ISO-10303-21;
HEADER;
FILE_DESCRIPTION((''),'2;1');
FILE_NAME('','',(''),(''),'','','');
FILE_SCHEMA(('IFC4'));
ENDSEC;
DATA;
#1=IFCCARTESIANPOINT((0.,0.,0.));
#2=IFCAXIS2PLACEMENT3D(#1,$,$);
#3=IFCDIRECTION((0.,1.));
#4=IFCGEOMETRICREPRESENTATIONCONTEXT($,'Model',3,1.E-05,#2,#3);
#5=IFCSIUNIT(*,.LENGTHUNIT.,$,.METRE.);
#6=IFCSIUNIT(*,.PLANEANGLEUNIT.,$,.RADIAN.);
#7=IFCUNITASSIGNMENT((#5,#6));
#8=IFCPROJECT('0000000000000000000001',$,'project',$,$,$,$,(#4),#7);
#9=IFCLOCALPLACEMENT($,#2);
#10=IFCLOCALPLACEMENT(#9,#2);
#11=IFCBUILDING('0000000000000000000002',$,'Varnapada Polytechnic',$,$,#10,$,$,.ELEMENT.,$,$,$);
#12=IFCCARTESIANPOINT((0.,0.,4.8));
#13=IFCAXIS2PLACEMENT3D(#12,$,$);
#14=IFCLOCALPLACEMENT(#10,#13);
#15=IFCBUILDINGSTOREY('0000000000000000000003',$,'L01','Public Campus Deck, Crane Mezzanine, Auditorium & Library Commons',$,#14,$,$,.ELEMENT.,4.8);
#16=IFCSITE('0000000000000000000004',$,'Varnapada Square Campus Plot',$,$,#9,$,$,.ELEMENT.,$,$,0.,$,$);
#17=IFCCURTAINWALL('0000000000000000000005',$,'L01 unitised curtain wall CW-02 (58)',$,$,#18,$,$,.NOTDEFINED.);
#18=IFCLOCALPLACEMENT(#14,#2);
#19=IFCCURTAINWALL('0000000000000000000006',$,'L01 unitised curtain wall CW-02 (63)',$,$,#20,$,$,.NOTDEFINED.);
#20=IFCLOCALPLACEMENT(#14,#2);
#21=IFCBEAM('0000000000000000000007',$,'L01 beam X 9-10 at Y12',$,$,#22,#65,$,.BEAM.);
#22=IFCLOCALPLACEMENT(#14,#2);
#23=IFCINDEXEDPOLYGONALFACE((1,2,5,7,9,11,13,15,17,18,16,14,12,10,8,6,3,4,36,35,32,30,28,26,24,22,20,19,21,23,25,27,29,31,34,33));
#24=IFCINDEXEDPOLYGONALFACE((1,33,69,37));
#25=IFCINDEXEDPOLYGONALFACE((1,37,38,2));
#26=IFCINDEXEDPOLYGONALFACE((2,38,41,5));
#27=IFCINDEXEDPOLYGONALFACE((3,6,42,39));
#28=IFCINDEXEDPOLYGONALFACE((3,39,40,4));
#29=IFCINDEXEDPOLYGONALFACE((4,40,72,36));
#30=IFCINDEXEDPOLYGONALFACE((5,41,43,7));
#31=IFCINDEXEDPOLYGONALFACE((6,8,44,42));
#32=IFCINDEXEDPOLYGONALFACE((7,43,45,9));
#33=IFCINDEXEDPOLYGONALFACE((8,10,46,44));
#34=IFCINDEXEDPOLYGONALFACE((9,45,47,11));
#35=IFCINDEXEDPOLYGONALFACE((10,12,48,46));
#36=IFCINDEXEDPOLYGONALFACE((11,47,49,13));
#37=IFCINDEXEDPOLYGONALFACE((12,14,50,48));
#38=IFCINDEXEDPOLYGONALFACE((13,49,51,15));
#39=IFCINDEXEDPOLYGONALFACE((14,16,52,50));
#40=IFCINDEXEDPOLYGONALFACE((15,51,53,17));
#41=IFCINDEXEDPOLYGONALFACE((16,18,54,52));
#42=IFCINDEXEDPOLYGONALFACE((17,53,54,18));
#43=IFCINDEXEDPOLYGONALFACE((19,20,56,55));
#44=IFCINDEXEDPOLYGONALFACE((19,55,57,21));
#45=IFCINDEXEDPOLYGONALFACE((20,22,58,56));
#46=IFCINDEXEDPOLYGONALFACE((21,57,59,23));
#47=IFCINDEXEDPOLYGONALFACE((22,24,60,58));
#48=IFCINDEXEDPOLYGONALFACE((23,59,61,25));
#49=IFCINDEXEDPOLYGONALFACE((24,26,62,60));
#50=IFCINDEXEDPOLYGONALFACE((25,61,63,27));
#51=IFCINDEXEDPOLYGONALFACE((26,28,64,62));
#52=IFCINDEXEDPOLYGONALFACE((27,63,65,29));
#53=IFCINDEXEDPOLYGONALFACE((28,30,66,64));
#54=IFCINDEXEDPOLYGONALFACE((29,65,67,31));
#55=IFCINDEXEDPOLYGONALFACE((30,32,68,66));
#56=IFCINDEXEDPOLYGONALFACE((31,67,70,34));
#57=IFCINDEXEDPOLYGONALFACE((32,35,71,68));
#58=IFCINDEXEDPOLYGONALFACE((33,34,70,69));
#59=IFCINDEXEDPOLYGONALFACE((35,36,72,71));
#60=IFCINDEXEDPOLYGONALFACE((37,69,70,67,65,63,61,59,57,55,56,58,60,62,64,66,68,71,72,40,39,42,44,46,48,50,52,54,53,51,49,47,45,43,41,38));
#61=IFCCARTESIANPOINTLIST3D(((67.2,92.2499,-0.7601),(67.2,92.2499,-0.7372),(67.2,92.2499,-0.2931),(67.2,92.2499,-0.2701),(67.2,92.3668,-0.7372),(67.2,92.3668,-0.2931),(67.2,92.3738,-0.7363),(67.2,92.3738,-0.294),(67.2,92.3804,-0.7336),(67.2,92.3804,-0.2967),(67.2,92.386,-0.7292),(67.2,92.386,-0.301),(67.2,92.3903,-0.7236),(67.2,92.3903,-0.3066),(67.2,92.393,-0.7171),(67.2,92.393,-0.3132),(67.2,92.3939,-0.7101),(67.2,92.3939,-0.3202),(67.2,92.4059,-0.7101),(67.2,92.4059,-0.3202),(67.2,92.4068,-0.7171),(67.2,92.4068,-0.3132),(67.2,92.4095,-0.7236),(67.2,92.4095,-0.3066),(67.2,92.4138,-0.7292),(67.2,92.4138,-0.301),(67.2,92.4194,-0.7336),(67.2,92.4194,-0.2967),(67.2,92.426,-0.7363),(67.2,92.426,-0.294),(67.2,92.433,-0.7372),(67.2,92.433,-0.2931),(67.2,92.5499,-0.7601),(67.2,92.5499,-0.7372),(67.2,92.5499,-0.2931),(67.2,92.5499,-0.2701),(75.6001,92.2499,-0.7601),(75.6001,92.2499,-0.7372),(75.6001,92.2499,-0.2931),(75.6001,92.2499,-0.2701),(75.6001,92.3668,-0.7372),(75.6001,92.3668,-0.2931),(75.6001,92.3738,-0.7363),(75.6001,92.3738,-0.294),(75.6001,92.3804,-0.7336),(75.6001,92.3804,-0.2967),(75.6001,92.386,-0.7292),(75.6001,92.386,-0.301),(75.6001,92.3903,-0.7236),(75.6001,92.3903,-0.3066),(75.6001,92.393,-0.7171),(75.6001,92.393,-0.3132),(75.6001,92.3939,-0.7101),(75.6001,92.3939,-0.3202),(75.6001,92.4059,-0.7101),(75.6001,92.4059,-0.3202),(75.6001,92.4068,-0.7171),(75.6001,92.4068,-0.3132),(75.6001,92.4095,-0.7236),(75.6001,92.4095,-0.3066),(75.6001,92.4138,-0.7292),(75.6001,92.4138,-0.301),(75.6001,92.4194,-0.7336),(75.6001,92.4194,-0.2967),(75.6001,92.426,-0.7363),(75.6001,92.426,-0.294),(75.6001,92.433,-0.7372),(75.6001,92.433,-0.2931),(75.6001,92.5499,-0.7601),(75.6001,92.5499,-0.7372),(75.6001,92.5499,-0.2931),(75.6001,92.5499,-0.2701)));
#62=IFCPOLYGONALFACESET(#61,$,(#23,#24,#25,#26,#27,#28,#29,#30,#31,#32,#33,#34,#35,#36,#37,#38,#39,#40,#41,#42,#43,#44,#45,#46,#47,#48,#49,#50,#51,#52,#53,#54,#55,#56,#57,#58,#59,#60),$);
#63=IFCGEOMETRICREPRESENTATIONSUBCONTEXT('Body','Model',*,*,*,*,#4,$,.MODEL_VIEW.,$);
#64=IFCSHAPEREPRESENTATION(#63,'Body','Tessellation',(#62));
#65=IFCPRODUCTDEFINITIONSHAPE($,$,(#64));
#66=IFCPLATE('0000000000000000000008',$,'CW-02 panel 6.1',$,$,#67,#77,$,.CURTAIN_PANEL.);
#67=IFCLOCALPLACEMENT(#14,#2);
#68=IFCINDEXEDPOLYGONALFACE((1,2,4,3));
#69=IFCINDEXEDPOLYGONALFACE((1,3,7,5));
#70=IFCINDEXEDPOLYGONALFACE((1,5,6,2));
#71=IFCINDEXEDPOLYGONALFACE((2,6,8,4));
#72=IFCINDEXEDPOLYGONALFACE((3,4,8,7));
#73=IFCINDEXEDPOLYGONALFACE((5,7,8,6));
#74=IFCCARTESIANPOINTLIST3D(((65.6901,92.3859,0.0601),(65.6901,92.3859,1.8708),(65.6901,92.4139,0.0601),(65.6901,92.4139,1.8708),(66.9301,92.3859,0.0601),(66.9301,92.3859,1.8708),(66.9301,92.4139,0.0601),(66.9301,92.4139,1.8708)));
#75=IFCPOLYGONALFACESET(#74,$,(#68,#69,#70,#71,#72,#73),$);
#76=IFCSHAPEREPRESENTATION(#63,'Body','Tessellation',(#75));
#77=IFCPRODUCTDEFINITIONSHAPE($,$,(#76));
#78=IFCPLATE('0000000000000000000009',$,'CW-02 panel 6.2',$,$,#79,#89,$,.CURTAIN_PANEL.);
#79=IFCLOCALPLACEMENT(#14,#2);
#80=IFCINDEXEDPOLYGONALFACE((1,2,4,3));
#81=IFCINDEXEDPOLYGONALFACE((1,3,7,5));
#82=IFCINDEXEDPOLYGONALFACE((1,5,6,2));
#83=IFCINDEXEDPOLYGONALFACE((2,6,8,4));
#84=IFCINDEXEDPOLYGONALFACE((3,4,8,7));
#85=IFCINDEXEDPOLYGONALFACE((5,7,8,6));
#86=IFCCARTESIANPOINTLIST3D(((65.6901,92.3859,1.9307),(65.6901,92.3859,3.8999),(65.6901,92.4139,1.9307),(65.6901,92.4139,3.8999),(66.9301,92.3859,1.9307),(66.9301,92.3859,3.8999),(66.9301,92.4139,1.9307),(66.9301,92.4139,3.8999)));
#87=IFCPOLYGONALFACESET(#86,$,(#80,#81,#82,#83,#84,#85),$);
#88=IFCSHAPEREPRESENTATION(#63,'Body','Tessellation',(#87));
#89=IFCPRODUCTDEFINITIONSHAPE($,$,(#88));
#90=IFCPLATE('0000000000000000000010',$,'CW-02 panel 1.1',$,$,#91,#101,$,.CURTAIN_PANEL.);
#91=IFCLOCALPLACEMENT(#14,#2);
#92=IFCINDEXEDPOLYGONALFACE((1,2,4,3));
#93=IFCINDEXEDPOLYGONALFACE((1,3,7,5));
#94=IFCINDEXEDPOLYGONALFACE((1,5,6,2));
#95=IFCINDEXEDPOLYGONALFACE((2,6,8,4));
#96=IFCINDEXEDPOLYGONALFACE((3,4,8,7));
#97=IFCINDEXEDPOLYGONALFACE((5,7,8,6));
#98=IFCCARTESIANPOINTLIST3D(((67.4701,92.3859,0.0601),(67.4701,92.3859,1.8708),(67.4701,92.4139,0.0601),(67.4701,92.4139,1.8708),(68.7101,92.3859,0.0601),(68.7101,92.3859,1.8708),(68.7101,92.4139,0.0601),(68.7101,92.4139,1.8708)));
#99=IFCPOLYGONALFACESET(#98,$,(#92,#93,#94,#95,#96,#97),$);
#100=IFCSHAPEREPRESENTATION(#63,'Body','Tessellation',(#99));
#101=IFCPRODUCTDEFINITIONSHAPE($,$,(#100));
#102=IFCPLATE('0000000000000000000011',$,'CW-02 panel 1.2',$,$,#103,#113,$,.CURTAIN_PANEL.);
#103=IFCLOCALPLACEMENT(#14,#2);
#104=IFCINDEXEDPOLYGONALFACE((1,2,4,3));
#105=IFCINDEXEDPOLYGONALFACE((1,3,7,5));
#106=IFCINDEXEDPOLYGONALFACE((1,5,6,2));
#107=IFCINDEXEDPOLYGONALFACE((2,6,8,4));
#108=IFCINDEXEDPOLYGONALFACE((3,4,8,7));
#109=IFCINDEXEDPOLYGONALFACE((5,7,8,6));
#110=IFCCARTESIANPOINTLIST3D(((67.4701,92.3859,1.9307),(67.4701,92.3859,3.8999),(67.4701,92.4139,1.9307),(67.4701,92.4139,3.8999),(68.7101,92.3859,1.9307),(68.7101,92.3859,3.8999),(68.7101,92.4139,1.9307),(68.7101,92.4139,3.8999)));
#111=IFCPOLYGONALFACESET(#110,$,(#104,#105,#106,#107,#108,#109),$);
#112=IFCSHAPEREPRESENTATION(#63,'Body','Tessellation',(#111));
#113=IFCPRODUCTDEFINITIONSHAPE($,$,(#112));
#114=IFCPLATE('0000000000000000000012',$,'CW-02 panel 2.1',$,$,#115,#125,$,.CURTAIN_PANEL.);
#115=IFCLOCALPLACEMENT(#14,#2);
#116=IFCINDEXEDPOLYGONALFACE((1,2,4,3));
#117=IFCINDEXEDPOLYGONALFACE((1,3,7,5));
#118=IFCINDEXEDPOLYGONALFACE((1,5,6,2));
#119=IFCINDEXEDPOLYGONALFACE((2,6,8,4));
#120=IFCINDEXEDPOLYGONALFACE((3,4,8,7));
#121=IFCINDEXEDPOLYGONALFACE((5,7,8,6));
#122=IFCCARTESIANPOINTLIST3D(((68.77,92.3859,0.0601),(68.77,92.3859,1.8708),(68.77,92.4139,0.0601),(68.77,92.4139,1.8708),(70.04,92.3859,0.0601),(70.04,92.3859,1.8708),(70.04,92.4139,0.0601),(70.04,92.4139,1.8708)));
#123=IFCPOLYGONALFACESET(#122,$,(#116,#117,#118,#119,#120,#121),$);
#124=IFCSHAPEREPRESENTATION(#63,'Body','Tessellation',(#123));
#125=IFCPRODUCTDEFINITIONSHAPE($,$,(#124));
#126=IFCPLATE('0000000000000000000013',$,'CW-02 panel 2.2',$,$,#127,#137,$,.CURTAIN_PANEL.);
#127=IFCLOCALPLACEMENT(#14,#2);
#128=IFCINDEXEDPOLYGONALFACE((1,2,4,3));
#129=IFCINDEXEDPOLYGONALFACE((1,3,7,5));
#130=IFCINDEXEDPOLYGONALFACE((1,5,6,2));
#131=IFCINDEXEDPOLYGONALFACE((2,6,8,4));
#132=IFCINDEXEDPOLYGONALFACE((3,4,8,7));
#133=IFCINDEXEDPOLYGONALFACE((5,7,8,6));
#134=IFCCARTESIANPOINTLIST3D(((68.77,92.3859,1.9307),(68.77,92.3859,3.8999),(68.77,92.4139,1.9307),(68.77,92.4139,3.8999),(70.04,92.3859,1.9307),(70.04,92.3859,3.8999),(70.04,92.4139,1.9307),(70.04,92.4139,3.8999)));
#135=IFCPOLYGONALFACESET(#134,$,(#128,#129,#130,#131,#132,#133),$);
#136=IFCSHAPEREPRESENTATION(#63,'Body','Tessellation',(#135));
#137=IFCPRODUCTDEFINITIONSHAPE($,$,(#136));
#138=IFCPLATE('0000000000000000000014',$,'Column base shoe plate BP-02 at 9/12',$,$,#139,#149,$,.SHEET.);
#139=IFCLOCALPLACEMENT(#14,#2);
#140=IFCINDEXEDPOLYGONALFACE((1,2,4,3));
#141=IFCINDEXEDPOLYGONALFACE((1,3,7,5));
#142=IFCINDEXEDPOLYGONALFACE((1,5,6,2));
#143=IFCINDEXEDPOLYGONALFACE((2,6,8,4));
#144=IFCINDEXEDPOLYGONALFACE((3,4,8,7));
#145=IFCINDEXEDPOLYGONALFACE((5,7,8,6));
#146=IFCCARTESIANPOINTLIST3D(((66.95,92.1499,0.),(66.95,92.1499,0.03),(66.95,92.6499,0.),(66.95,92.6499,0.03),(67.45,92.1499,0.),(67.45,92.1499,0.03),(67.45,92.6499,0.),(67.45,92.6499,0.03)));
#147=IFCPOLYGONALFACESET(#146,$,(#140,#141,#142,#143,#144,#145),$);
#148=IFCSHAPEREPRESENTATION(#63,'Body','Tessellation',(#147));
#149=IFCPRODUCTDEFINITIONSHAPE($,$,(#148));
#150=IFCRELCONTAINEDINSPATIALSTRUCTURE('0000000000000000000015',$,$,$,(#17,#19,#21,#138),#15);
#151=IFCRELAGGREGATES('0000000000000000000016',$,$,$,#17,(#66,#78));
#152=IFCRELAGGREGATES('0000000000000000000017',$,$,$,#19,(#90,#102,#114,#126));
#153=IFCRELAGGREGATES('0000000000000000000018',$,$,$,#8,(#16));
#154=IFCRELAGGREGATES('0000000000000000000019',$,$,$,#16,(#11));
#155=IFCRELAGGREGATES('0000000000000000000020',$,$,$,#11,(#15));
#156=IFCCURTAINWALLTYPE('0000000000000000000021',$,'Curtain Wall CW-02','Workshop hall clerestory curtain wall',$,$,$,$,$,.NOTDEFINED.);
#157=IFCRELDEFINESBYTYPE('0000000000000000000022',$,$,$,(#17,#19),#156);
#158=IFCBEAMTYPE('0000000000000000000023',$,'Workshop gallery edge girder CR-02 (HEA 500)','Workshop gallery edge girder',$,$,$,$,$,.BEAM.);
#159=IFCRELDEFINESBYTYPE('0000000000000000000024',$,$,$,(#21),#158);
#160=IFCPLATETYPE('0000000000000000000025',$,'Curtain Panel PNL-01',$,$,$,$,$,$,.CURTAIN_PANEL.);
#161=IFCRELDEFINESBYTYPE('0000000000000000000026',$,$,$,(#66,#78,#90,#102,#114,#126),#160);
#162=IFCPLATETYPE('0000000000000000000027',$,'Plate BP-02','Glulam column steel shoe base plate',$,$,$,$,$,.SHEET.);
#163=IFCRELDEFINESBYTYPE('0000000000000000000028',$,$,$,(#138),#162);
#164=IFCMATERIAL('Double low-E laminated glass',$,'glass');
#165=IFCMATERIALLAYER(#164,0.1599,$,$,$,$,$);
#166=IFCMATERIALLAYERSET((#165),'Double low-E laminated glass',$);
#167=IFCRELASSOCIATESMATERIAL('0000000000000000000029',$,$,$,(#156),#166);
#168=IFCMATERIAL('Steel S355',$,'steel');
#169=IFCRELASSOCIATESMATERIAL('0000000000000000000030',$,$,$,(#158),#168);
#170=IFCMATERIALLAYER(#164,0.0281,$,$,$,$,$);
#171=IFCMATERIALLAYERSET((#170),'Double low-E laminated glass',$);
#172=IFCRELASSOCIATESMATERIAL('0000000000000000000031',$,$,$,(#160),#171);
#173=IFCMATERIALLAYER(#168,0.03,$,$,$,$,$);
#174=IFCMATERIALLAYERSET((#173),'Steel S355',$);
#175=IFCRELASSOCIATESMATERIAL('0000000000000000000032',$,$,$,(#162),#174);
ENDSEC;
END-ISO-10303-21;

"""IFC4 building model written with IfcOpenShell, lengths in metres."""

from ifc_helpers import new_model, si_unit, direction, frame, origin, origin_2d, place, context, subcontext, project, spatial, rectangle, i_section, extrude, material, layer, layer_set, material_profile, profile_set, type_object, element, aggregate, save


model = new_model("IFC4")

# Units and contexts
model_context = context("Model", 3, precision=1e-05, world=origin(), true_north=direction((0.0, 1.0)))
body_context = subcontext(model_context, "Body", "Model", "MODEL_VIEW")
ifc_project = project(units=[si_unit("LENGTHUNIT", "METRE"), si_unit("PLANEANGLEUNIT", "RADIAN")], contexts=[model_context])

# Site, building, storey
site_placement = place(None, origin())
site = spatial("IfcSite", under=ifc_project, at=site_placement, Name="Varnapada Square Campus Plot", CompositionType="ELEMENT", RefElevation=0.0)
building_placement = place(site_placement, origin())
building = spatial("IfcBuilding", under=site, at=building_placement, Name="Varnapada Polytechnic", CompositionType="ELEMENT")
storey_placement = place(building_placement, frame((0.0, 0.0, 4.8)))
storey = spatial("IfcBuildingStorey", under=building, at=storey_placement, Name="L01", Description="Public Campus Deck, Crane Mezzanine, Auditorium & Library Commons", CompositionType="ELEMENT", Elevation=4.8)

# Shared definitions
ifc_material_1 = material(Name="Steel S355", Category="steel")

# Curtain wall
ifc_material_2 = material(Name="Double low-E laminated glass", Category="glass")
ifc_layer_1 = layer(ifc_material_2, 0.1599)
ifc_layer_set_1 = layer_set([ifc_layer_1], Name="Double low-E laminated glass")
curtain_wall_type_1 = type_object("IfcCurtainWallType", Name="Curtain Wall CW-02", Description="Workshop hall clerestory curtain wall", PredefinedType="NOTDEFINED", material=ifc_layer_set_1)
curtain_wall_1_placement = place(storey_placement, origin())
curtain_wall_1 = element("IfcCurtainWall", 1, at=curtain_wall_1_placement, inside=storey, type_object=curtain_wall_type_1, Name="L01 unitised curtain wall CW-02 (58)", PredefinedType="NOTDEFINED")

# Curtain wall
curtain_wall_2_placement = place(storey_placement, origin())
curtain_wall_2 = element("IfcCurtainWall", 2, at=curtain_wall_2_placement, inside=storey, type_object=curtain_wall_type_1, Name="L01 unitised curtain wall CW-02 (63)", PredefinedType="NOTDEFINED")

# Beam
ifc_material_profile_1 = material_profile(ifc_material_1, i_section(OverallWidth=0.3, OverallDepth=0.49, WebThickness=0.012, FlangeThickness=0.0229, FilletRadius=0.0271, at=origin_2d()), Name="HEA 500")
ifc_profile_set_1 = profile_set([ifc_material_profile_1], Name="Steel S355")
beam_type_1 = type_object("IfcBeamType", Name="Workshop gallery edge girder CR-02 (HEA 500)", Description="Workshop gallery edge girder", PredefinedType="BEAM", material=ifc_profile_set_1)
beam_1_placement = place(storey_placement, frame((67.2, 92.3999, -0.5151), z_axis=(1.0, 0.0, 0.0), x_axis=(0.0, 1.0, 0.0)))
element("IfcBeam", 3, at=beam_1_placement, inside=storey, type_object=beam_type_1, Name="L01 beam X 9-10 at Y12", PredefinedType="BEAM", context=body_context, shape_type="SweptSolid", body=[
    extrude(i_section(OverallWidth=0.3, OverallDepth=0.49, WebThickness=0.012, FlangeThickness=0.0229, FilletRadius=0.0271, at=origin_2d()), origin(), (0.0, 0.0, 1.0), 8.4001),
])

# Plates
ifc_layer_2 = layer(ifc_material_2, 0.0281)
ifc_layer_set_2 = layer_set([ifc_layer_2], Name="Double low-E laminated glass")
plate_type_1 = type_object("IfcPlateType", Name="Curtain Panel PNL-01", PredefinedType="CURTAIN_PANEL", material=ifc_layer_set_2)
plate_1_placement = place(storey_placement, frame((66.3101, 92.3999, 0.0601), z_axis=(0.0, 0.0, 1.0), x_axis=(1.0, 0.0, 0.0)))
plate_1 = element("IfcPlate", 4, at=plate_1_placement, type_object=plate_type_1, Name="CW-02 panel 6.1", PredefinedType="CURTAIN_PANEL", context=body_context, shape_type="SweptSolid", body=[
    extrude(rectangle(XDim=1.24, YDim=0.0281, at=origin_2d()), origin(), (0.0, 0.0, 1.0), 1.8108),
])
plate_2_placement = place(storey_placement, frame((66.3101, 92.3999, 1.9307), z_axis=(0.0, 0.0, 1.0), x_axis=(1.0, 0.0, 0.0)))
plate_2 = element("IfcPlate", 5, at=plate_2_placement, type_object=plate_type_1, Name="CW-02 panel 6.2", PredefinedType="CURTAIN_PANEL", context=body_context, shape_type="SweptSolid", body=[
    extrude(rectangle(XDim=1.24, YDim=0.0281, at=origin_2d()), origin(), (0.0, 0.0, 1.0), 1.9692),
])
aggregate(curtain_wall_1, [plate_1, plate_2])
plate_3_placement = place(storey_placement, frame((68.0901, 92.3999, 0.0601), z_axis=(0.0, 0.0, 1.0), x_axis=(1.0, 0.0, 0.0)))
plate_3 = element("IfcPlate", 6, at=plate_3_placement, type_object=plate_type_1, Name="CW-02 panel 1.1", PredefinedType="CURTAIN_PANEL", context=body_context, shape_type="SweptSolid", body=[
    extrude(rectangle(XDim=1.24, YDim=0.0281, at=origin_2d()), origin(), (0.0, 0.0, 1.0), 1.8108),
])
plate_4_placement = place(storey_placement, frame((68.0901, 92.3999, 1.9307), z_axis=(0.0, 0.0, 1.0), x_axis=(1.0, 0.0, 0.0)))
plate_4 = element("IfcPlate", 7, at=plate_4_placement, type_object=plate_type_1, Name="CW-02 panel 1.2", PredefinedType="CURTAIN_PANEL", context=body_context, shape_type="SweptSolid", body=[
    extrude(rectangle(XDim=1.24, YDim=0.0281, at=origin_2d()), origin(), (0.0, 0.0, 1.0), 1.9692),
])
plate_5_placement = place(storey_placement, frame((69.405, 92.3999, 0.0601), z_axis=(0.0, 0.0, 1.0), x_axis=(1.0, 0.0, 0.0)))
plate_5 = element("IfcPlate", 8, at=plate_5_placement, type_object=plate_type_1, Name="CW-02 panel 2.1", PredefinedType="CURTAIN_PANEL", context=body_context, shape_type="SweptSolid", body=[
    extrude(rectangle(XDim=1.27, YDim=0.0281, at=origin_2d()), origin(), (0.0, 0.0, 1.0), 1.8108),
])
plate_6_placement = place(storey_placement, frame((69.405, 92.3999, 1.9307), z_axis=(0.0, 0.0, 1.0), x_axis=(1.0, 0.0, 0.0)))
plate_6 = element("IfcPlate", 9, at=plate_6_placement, type_object=plate_type_1, Name="CW-02 panel 2.2", PredefinedType="CURTAIN_PANEL", context=body_context, shape_type="SweptSolid", body=[
    extrude(rectangle(XDim=1.27, YDim=0.0281, at=origin_2d()), origin(), (0.0, 0.0, 1.0), 1.9692),
])
aggregate(curtain_wall_2, [plate_3, plate_4, plate_5, plate_6])
ifc_layer_3 = layer(ifc_material_1, 0.03)
ifc_layer_set_3 = layer_set([ifc_layer_3], Name="Steel S355")
plate_type_2 = type_object("IfcPlateType", Name="Plate BP-02", Description="Glulam column steel shoe base plate", PredefinedType="SHEET", material=ifc_layer_set_3)
plate_7_placement = place(storey_placement, frame((67.2, 92.3999, 0.0), z_axis=(0.0, 0.0, 1.0), x_axis=(1.0, 0.0, 0.0)))
element("IfcPlate", 10, at=plate_7_placement, inside=storey, type_object=plate_type_2, Name="Column base shoe plate BP-02 at 9/12", PredefinedType="SHEET", context=body_context, shape_type="SweptSolid", body=[
    extrude(rectangle(XDim=0.5, YDim=0.5, at=origin_2d()), origin(), (0.0, 0.0, 1.0), 0.03),
])

save(model, "model.ifc")
